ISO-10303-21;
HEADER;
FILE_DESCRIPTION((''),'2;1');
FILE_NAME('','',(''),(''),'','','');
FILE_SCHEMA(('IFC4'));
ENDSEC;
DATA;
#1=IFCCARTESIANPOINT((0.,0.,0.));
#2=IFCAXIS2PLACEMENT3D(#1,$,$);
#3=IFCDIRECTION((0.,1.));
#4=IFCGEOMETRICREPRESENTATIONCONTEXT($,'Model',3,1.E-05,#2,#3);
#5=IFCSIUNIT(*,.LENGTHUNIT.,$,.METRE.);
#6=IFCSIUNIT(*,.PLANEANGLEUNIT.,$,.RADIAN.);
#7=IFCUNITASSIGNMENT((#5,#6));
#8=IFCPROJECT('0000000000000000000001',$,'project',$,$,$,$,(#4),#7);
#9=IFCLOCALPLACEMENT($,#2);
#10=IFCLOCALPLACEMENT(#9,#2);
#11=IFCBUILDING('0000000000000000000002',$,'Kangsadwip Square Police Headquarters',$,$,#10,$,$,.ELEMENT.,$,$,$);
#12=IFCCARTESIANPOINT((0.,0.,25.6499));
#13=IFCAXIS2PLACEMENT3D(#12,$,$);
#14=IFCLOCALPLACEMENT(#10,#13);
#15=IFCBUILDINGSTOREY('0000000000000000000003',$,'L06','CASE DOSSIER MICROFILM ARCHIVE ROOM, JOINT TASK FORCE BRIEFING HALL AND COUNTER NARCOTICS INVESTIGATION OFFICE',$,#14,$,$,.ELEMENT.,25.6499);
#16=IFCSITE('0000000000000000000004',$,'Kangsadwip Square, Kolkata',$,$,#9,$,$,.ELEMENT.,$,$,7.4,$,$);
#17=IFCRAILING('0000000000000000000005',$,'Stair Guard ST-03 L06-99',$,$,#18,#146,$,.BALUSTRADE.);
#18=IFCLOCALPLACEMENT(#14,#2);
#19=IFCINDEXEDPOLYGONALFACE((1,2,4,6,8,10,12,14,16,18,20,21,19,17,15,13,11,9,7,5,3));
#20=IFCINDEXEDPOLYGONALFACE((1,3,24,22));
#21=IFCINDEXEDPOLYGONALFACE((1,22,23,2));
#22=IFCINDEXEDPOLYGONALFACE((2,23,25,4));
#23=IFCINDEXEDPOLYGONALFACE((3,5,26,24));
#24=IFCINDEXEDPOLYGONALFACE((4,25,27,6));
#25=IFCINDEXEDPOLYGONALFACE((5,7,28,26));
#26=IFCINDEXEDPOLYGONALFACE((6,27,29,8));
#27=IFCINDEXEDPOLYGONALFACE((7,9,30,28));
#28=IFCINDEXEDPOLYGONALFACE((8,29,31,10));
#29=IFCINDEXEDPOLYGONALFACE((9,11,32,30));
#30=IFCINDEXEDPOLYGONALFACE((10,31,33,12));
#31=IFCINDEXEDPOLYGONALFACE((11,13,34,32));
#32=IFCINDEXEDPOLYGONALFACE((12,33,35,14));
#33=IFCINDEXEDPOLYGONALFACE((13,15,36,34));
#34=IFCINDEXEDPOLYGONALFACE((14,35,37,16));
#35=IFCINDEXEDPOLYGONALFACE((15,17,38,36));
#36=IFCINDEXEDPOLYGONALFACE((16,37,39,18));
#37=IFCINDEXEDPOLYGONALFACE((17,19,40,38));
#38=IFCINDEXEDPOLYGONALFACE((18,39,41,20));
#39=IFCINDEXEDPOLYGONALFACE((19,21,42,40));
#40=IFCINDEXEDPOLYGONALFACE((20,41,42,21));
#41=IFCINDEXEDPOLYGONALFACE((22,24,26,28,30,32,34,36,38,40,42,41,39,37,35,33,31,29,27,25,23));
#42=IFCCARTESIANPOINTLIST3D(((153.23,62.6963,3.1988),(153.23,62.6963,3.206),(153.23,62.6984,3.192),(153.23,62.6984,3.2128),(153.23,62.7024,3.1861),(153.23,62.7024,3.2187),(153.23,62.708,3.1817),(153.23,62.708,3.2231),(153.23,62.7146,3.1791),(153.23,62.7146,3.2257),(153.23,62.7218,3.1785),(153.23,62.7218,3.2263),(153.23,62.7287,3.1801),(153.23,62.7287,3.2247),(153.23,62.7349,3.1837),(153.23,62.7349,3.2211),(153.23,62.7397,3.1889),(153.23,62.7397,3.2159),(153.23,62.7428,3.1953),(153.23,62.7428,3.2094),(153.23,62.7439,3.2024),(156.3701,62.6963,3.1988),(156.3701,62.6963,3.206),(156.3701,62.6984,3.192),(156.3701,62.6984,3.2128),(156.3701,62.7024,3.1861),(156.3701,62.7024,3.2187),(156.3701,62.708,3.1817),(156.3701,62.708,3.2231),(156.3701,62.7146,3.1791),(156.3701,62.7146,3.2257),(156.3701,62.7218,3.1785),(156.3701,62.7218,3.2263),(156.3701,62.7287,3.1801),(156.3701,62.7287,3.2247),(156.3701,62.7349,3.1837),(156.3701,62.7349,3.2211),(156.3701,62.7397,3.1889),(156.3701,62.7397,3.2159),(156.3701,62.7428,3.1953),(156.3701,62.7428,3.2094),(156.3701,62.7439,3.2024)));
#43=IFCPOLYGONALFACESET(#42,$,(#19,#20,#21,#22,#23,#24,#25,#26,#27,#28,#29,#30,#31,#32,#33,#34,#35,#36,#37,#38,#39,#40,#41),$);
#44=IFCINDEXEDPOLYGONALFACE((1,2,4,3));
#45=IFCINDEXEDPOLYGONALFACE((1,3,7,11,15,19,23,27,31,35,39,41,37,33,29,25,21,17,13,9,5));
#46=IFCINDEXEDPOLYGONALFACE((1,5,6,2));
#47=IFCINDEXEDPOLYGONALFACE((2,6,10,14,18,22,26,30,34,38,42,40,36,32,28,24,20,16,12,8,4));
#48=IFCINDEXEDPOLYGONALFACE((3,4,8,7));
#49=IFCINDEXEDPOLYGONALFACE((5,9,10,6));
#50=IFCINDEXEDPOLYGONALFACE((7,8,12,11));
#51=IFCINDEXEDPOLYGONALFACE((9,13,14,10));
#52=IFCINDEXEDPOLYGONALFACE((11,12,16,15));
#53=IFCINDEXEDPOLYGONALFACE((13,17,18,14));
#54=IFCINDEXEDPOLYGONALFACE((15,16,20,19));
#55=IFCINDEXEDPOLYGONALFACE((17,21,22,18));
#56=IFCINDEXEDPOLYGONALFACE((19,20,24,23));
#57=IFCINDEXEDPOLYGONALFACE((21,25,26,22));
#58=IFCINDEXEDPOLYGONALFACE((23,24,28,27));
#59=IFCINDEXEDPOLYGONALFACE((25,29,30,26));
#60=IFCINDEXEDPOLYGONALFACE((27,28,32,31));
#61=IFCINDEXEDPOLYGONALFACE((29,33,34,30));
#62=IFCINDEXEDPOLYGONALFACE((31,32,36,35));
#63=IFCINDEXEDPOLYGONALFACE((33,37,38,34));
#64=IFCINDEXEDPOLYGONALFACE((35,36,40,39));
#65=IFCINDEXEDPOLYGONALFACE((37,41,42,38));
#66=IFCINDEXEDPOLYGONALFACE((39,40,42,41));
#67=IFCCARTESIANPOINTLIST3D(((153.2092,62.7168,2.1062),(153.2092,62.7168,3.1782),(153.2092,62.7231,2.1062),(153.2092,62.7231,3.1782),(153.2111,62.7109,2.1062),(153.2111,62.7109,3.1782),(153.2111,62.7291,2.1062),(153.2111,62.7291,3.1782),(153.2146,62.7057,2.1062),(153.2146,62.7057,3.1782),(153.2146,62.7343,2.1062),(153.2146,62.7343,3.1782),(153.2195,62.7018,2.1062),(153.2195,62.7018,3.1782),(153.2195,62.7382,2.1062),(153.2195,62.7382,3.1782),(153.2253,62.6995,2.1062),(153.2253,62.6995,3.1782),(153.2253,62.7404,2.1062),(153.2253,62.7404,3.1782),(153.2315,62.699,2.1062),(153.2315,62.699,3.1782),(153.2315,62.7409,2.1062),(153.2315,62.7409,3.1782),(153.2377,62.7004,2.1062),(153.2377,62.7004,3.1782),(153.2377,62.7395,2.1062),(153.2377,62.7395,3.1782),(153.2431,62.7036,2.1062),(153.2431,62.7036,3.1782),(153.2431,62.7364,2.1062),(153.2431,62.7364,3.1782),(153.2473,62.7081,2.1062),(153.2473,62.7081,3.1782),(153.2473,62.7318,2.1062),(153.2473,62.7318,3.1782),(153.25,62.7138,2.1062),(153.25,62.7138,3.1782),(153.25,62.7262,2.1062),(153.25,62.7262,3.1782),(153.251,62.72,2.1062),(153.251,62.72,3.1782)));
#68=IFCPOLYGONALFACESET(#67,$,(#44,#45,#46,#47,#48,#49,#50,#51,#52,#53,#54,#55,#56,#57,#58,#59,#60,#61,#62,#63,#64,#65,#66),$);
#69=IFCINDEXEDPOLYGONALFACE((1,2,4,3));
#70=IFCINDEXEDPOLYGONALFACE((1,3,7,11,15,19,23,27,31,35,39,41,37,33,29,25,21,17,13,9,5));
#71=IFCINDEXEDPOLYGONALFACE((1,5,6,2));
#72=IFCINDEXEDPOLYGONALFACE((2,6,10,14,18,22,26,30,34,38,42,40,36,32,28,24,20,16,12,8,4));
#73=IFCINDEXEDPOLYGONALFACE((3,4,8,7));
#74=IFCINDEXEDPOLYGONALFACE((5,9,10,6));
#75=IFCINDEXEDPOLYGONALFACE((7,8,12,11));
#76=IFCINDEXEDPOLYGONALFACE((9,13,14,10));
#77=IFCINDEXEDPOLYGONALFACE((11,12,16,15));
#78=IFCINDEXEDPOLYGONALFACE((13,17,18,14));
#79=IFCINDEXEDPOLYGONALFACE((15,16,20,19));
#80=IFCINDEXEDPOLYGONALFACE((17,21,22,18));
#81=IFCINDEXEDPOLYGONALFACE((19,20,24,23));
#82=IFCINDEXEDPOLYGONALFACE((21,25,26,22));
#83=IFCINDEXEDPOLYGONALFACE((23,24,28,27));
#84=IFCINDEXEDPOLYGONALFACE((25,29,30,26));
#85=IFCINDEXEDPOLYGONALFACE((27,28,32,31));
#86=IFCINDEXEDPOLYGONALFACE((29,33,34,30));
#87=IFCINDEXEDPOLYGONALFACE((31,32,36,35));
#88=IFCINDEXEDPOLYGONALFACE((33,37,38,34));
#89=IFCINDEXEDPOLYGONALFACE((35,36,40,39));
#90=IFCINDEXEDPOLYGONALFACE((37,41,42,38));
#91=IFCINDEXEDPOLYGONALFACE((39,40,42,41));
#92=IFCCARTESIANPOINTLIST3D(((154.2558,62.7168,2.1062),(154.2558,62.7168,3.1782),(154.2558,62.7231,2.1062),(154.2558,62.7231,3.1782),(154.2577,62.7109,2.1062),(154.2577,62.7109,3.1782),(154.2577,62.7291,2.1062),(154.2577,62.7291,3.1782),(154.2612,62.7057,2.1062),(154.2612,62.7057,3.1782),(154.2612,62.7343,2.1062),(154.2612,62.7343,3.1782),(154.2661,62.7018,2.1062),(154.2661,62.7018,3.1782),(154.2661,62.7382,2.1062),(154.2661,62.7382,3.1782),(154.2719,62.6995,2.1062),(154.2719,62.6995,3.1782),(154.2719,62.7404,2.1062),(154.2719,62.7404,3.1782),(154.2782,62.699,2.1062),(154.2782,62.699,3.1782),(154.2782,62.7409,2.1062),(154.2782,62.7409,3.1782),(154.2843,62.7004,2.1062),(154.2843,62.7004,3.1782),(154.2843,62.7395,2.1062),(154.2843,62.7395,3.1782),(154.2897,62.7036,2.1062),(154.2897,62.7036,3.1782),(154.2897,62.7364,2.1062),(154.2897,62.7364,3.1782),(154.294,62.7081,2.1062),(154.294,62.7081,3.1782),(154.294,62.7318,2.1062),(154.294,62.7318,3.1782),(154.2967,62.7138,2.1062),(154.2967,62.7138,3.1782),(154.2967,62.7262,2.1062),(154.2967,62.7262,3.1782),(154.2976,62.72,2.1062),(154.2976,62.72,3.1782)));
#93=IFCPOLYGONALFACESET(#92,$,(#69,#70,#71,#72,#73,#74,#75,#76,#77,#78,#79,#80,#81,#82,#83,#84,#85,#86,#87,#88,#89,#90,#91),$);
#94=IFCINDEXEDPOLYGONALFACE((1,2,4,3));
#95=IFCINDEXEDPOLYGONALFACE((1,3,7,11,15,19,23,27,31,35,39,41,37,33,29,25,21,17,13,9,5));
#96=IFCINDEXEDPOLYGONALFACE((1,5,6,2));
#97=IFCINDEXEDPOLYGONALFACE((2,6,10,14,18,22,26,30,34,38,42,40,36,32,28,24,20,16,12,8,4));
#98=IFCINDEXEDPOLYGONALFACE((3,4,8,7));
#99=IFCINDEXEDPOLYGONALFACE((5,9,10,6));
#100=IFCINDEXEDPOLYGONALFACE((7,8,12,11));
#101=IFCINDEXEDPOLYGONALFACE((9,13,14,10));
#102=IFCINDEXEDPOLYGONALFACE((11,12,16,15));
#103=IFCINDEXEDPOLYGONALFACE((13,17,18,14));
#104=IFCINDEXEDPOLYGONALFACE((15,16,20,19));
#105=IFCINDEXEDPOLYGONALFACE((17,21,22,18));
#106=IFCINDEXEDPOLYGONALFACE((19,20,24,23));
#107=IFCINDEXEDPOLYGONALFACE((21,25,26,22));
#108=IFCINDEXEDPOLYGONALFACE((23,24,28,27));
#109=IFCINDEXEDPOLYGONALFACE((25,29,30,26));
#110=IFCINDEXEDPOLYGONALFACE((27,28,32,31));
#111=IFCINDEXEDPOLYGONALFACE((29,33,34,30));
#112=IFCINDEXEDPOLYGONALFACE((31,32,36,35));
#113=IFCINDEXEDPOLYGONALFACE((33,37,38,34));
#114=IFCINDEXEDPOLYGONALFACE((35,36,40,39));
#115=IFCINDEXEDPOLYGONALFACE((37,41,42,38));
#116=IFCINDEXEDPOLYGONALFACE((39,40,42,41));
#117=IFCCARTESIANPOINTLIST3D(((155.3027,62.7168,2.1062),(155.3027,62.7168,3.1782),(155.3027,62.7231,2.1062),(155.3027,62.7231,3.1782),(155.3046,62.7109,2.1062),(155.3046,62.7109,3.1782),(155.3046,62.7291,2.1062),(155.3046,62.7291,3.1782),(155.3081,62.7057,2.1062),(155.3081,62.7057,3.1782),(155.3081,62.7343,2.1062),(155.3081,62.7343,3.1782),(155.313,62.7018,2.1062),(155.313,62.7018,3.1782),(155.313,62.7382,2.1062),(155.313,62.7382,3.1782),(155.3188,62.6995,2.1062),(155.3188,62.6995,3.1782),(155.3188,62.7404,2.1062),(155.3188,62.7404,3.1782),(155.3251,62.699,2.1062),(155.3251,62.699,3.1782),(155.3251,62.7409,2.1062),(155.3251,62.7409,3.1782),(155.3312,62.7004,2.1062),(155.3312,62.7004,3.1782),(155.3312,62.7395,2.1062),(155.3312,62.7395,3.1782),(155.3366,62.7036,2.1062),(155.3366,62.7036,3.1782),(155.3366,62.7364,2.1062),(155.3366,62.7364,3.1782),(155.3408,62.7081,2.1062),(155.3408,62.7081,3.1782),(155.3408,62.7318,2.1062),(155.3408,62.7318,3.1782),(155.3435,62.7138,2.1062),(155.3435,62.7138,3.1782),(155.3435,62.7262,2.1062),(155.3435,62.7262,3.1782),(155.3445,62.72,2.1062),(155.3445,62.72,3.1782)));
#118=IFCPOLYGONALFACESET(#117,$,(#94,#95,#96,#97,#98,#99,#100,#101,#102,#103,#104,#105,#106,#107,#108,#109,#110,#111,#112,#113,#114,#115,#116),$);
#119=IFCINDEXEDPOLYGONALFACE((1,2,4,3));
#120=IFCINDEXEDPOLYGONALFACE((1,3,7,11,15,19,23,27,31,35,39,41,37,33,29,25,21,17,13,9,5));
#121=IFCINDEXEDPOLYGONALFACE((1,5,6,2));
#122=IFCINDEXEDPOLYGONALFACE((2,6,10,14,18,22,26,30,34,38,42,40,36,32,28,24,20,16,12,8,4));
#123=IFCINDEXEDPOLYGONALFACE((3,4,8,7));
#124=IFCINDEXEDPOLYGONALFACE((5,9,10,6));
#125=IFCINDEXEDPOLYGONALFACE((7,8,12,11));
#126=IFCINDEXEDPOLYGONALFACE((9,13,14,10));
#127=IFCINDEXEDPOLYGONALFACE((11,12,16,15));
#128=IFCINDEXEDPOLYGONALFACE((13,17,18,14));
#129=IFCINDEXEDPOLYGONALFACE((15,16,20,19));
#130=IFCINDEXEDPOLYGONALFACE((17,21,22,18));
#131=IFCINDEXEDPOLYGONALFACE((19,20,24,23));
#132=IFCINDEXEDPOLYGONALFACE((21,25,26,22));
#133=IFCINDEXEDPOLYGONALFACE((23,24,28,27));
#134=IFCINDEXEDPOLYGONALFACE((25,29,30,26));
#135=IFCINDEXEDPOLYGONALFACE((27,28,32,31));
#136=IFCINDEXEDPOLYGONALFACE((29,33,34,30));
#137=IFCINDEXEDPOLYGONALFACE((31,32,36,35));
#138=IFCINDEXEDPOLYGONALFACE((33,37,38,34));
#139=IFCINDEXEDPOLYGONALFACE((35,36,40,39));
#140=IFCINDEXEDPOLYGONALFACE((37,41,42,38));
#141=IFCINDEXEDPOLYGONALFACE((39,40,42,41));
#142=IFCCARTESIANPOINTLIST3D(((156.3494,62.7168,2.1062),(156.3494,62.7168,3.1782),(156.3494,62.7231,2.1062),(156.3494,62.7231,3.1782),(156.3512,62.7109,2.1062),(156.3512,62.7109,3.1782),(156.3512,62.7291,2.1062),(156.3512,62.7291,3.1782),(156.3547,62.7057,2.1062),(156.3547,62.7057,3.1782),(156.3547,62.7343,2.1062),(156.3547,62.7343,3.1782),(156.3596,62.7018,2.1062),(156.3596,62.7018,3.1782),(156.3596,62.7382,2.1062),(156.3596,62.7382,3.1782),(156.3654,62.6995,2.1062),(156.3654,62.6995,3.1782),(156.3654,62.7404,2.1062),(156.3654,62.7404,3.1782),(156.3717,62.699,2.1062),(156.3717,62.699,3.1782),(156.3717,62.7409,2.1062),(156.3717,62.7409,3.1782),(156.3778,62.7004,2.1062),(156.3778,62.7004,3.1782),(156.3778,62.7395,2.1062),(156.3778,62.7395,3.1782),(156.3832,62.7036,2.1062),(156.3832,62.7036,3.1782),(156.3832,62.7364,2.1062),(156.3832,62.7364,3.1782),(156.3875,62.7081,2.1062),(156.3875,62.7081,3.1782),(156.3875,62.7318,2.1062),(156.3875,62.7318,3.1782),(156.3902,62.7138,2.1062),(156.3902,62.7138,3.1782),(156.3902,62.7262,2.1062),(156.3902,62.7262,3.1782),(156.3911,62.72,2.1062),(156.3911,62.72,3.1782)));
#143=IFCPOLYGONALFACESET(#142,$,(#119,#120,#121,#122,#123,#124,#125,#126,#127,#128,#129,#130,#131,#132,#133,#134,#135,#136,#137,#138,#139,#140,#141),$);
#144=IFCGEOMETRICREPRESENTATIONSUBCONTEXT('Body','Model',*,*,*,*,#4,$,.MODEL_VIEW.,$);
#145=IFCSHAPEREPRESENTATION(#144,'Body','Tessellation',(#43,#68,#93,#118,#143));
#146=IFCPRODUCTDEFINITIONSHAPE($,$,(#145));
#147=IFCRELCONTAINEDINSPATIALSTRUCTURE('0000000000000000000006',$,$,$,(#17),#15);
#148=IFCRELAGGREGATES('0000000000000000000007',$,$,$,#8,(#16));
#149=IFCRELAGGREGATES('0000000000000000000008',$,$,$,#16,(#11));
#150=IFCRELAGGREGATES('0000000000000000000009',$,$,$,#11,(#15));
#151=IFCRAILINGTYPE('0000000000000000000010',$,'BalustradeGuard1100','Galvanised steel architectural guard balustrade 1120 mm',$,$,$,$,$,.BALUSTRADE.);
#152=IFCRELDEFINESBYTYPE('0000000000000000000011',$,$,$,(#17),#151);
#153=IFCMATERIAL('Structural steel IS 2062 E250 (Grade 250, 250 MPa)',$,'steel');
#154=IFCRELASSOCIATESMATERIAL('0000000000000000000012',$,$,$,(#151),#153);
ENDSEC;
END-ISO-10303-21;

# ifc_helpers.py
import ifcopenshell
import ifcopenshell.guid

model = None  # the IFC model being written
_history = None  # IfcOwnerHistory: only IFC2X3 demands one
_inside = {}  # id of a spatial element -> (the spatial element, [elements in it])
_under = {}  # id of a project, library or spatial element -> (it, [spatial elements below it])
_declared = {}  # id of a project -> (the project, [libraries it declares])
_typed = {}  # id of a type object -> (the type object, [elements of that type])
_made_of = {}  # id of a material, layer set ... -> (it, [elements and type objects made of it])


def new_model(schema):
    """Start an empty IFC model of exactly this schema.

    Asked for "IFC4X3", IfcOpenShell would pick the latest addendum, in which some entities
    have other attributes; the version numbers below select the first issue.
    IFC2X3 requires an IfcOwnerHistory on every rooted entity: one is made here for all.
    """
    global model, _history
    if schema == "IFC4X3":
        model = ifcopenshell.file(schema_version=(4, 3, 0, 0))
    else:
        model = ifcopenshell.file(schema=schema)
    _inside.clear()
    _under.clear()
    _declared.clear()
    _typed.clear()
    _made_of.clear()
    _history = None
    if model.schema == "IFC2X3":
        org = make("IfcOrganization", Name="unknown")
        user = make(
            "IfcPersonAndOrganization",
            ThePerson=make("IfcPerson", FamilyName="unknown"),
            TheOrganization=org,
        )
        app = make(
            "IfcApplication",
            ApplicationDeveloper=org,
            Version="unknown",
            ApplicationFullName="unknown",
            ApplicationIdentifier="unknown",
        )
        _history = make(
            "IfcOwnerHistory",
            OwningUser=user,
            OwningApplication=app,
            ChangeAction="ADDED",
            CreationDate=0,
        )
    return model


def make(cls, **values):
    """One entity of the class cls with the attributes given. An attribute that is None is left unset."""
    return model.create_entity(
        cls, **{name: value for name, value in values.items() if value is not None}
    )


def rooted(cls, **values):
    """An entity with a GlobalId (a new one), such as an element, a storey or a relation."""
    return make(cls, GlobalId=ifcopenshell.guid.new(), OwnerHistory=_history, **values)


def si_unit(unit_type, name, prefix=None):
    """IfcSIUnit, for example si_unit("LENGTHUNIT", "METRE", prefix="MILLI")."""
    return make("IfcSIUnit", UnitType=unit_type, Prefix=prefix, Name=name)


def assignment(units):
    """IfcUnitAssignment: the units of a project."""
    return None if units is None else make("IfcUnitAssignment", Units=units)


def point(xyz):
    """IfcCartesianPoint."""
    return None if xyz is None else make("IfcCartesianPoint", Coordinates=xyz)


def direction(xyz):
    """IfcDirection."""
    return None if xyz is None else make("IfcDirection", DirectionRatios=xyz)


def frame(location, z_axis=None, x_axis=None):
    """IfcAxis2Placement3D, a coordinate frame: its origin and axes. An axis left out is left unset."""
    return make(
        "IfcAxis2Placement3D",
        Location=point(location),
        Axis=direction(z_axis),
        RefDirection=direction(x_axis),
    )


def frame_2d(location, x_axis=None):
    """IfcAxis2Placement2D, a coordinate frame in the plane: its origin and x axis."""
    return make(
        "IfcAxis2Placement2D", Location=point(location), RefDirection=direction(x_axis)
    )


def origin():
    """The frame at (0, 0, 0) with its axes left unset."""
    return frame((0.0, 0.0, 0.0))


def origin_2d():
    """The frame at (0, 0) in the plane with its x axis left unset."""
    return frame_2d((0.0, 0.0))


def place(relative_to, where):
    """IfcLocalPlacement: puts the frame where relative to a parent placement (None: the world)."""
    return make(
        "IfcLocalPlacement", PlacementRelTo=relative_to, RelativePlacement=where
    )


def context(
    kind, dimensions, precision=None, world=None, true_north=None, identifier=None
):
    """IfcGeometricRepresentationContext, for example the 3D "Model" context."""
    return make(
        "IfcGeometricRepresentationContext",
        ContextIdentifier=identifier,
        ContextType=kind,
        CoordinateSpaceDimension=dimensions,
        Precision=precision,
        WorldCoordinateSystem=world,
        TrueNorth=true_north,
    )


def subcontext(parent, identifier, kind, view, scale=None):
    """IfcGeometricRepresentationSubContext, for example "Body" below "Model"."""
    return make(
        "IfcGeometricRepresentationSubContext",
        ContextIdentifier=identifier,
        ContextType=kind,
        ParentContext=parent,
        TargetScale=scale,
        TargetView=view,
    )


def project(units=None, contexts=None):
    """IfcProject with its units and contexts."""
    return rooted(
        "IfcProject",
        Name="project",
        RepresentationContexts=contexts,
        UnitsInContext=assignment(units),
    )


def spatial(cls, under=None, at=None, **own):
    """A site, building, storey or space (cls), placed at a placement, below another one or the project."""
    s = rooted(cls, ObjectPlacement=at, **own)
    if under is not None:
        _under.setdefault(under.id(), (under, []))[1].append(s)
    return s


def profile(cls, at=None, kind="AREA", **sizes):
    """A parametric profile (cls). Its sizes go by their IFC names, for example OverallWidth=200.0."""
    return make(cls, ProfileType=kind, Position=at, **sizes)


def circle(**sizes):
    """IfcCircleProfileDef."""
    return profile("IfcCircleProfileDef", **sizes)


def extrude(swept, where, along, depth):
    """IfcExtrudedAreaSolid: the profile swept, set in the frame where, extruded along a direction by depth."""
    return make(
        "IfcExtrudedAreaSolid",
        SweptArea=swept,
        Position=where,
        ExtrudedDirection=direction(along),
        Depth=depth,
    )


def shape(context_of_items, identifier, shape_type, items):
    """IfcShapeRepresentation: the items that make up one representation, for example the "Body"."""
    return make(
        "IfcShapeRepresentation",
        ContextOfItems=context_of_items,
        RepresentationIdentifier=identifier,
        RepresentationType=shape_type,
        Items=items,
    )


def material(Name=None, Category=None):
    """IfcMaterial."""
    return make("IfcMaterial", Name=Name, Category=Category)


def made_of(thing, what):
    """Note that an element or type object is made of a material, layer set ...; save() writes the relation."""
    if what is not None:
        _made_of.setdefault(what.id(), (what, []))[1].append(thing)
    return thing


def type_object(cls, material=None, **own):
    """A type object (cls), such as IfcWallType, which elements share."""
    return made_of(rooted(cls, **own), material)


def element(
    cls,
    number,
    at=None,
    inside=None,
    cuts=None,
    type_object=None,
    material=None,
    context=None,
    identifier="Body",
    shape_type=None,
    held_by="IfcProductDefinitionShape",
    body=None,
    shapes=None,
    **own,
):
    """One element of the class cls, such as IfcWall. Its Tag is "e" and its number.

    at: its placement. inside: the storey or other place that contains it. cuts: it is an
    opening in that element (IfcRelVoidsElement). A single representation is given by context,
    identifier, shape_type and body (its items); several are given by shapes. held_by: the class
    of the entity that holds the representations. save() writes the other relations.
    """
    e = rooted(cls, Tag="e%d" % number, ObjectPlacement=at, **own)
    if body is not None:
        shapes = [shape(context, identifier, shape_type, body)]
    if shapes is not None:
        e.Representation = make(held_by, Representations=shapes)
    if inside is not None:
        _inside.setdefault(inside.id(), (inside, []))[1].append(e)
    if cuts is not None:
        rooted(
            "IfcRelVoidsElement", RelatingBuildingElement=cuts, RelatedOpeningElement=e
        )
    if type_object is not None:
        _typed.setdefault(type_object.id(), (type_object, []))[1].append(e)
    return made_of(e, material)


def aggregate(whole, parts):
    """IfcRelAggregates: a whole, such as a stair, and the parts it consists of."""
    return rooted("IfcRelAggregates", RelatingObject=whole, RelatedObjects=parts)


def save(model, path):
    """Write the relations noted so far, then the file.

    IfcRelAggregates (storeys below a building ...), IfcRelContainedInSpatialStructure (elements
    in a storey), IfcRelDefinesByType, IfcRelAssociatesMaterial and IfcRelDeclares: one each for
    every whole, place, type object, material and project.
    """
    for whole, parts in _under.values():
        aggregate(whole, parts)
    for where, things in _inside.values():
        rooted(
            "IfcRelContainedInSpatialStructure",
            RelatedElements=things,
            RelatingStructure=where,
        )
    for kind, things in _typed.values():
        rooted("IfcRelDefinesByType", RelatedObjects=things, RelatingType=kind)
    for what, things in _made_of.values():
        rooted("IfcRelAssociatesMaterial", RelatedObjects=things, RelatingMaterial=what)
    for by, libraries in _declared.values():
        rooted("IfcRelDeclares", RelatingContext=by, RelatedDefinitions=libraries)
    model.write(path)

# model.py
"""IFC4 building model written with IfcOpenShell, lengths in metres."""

from ifc_helpers import new_model, si_unit, direction, frame, origin, origin_2d, place, context, subcontext, project, spatial, circle, extrude, material, type_object, element, save


model = new_model("IFC4")

# Units and contexts
model_context = context("Model", 3, precision=1e-05, world=origin(), true_north=direction((0.0, 1.0)))
body_context = subcontext(model_context, "Body", "Model", "MODEL_VIEW")
ifc_project = project(units=[si_unit("LENGTHUNIT", "METRE"), si_unit("PLANEANGLEUNIT", "RADIAN")], contexts=[model_context])

# Site, building, storey
site_placement = place(None, origin())
site = spatial("IfcSite", under=ifc_project, at=site_placement, Name="Kangsadwip Square, Kolkata", CompositionType="ELEMENT", RefElevation=7.4)
building_placement = place(site_placement, origin())
building = spatial("IfcBuilding", under=site, at=building_placement, Name="Kangsadwip Square Police Headquarters", CompositionType="ELEMENT")
storey_placement = place(building_placement, frame((0.0, 0.0, 25.6499)))
storey = spatial("IfcBuildingStorey", under=building, at=storey_placement, Name="L06", Description="CASE DOSSIER MICROFILM ARCHIVE ROOM, JOINT TASK FORCE BRIEFING HALL AND COUNTER NARCOTICS INVESTIGATION OFFICE", CompositionType="ELEMENT", Elevation=25.6499)

# Railing
ifc_material_1 = material(Name="Structural steel IS 2062 E250 (Grade 250, 250 MPa)", Category="steel")
railing_type_1 = type_object("IfcRailingType", Name="BalustradeGuard1100", Description="Galvanised steel architectural guard balustrade 1120 mm", PredefinedType="BALUSTRADE", material=ifc_material_1)
for number, where, name in (
    (1, (153.23, 62.72, 2.1062), "Stair Guard ST-03 L06-99"),
):
    element("IfcRailing", number, at=place(storey_placement, frame(where)), inside=storey, type_object=railing_type_1, Name=name, PredefinedType="BALUSTRADE", context=body_context, shape_type="SweptSolid", body=[
        extrude(circle(Radius=0.0239, at=origin_2d()), frame((0.0, 0.0, 1.0962), z_axis=(1.0, 0.0, 0.0), x_axis=(0.0, 1.0, 0.0)), (0.0, 0.0, 1.0), 3.1401),
        extrude(circle(Radius=0.021, at=origin_2d()), origin(), (0.0, 0.0, 1.0), 1.072),
        extrude(circle(Radius=0.021, at=origin_2d()), frame((1.0466, 0.0, 0.0)), (0.0, 0.0, 1.0), 1.072),
        extrude(circle(Radius=0.021, at=origin_2d()), frame((2.0935, 0.0, 0.0)), (0.0, 0.0, 1.0), 1.072),
        extrude(circle(Radius=0.021, at=origin_2d()), frame((3.1401, 0.0, 0.0)), (0.0, 0.0, 1.0), 1.072),
    ])

save(model, "model.ifc")
